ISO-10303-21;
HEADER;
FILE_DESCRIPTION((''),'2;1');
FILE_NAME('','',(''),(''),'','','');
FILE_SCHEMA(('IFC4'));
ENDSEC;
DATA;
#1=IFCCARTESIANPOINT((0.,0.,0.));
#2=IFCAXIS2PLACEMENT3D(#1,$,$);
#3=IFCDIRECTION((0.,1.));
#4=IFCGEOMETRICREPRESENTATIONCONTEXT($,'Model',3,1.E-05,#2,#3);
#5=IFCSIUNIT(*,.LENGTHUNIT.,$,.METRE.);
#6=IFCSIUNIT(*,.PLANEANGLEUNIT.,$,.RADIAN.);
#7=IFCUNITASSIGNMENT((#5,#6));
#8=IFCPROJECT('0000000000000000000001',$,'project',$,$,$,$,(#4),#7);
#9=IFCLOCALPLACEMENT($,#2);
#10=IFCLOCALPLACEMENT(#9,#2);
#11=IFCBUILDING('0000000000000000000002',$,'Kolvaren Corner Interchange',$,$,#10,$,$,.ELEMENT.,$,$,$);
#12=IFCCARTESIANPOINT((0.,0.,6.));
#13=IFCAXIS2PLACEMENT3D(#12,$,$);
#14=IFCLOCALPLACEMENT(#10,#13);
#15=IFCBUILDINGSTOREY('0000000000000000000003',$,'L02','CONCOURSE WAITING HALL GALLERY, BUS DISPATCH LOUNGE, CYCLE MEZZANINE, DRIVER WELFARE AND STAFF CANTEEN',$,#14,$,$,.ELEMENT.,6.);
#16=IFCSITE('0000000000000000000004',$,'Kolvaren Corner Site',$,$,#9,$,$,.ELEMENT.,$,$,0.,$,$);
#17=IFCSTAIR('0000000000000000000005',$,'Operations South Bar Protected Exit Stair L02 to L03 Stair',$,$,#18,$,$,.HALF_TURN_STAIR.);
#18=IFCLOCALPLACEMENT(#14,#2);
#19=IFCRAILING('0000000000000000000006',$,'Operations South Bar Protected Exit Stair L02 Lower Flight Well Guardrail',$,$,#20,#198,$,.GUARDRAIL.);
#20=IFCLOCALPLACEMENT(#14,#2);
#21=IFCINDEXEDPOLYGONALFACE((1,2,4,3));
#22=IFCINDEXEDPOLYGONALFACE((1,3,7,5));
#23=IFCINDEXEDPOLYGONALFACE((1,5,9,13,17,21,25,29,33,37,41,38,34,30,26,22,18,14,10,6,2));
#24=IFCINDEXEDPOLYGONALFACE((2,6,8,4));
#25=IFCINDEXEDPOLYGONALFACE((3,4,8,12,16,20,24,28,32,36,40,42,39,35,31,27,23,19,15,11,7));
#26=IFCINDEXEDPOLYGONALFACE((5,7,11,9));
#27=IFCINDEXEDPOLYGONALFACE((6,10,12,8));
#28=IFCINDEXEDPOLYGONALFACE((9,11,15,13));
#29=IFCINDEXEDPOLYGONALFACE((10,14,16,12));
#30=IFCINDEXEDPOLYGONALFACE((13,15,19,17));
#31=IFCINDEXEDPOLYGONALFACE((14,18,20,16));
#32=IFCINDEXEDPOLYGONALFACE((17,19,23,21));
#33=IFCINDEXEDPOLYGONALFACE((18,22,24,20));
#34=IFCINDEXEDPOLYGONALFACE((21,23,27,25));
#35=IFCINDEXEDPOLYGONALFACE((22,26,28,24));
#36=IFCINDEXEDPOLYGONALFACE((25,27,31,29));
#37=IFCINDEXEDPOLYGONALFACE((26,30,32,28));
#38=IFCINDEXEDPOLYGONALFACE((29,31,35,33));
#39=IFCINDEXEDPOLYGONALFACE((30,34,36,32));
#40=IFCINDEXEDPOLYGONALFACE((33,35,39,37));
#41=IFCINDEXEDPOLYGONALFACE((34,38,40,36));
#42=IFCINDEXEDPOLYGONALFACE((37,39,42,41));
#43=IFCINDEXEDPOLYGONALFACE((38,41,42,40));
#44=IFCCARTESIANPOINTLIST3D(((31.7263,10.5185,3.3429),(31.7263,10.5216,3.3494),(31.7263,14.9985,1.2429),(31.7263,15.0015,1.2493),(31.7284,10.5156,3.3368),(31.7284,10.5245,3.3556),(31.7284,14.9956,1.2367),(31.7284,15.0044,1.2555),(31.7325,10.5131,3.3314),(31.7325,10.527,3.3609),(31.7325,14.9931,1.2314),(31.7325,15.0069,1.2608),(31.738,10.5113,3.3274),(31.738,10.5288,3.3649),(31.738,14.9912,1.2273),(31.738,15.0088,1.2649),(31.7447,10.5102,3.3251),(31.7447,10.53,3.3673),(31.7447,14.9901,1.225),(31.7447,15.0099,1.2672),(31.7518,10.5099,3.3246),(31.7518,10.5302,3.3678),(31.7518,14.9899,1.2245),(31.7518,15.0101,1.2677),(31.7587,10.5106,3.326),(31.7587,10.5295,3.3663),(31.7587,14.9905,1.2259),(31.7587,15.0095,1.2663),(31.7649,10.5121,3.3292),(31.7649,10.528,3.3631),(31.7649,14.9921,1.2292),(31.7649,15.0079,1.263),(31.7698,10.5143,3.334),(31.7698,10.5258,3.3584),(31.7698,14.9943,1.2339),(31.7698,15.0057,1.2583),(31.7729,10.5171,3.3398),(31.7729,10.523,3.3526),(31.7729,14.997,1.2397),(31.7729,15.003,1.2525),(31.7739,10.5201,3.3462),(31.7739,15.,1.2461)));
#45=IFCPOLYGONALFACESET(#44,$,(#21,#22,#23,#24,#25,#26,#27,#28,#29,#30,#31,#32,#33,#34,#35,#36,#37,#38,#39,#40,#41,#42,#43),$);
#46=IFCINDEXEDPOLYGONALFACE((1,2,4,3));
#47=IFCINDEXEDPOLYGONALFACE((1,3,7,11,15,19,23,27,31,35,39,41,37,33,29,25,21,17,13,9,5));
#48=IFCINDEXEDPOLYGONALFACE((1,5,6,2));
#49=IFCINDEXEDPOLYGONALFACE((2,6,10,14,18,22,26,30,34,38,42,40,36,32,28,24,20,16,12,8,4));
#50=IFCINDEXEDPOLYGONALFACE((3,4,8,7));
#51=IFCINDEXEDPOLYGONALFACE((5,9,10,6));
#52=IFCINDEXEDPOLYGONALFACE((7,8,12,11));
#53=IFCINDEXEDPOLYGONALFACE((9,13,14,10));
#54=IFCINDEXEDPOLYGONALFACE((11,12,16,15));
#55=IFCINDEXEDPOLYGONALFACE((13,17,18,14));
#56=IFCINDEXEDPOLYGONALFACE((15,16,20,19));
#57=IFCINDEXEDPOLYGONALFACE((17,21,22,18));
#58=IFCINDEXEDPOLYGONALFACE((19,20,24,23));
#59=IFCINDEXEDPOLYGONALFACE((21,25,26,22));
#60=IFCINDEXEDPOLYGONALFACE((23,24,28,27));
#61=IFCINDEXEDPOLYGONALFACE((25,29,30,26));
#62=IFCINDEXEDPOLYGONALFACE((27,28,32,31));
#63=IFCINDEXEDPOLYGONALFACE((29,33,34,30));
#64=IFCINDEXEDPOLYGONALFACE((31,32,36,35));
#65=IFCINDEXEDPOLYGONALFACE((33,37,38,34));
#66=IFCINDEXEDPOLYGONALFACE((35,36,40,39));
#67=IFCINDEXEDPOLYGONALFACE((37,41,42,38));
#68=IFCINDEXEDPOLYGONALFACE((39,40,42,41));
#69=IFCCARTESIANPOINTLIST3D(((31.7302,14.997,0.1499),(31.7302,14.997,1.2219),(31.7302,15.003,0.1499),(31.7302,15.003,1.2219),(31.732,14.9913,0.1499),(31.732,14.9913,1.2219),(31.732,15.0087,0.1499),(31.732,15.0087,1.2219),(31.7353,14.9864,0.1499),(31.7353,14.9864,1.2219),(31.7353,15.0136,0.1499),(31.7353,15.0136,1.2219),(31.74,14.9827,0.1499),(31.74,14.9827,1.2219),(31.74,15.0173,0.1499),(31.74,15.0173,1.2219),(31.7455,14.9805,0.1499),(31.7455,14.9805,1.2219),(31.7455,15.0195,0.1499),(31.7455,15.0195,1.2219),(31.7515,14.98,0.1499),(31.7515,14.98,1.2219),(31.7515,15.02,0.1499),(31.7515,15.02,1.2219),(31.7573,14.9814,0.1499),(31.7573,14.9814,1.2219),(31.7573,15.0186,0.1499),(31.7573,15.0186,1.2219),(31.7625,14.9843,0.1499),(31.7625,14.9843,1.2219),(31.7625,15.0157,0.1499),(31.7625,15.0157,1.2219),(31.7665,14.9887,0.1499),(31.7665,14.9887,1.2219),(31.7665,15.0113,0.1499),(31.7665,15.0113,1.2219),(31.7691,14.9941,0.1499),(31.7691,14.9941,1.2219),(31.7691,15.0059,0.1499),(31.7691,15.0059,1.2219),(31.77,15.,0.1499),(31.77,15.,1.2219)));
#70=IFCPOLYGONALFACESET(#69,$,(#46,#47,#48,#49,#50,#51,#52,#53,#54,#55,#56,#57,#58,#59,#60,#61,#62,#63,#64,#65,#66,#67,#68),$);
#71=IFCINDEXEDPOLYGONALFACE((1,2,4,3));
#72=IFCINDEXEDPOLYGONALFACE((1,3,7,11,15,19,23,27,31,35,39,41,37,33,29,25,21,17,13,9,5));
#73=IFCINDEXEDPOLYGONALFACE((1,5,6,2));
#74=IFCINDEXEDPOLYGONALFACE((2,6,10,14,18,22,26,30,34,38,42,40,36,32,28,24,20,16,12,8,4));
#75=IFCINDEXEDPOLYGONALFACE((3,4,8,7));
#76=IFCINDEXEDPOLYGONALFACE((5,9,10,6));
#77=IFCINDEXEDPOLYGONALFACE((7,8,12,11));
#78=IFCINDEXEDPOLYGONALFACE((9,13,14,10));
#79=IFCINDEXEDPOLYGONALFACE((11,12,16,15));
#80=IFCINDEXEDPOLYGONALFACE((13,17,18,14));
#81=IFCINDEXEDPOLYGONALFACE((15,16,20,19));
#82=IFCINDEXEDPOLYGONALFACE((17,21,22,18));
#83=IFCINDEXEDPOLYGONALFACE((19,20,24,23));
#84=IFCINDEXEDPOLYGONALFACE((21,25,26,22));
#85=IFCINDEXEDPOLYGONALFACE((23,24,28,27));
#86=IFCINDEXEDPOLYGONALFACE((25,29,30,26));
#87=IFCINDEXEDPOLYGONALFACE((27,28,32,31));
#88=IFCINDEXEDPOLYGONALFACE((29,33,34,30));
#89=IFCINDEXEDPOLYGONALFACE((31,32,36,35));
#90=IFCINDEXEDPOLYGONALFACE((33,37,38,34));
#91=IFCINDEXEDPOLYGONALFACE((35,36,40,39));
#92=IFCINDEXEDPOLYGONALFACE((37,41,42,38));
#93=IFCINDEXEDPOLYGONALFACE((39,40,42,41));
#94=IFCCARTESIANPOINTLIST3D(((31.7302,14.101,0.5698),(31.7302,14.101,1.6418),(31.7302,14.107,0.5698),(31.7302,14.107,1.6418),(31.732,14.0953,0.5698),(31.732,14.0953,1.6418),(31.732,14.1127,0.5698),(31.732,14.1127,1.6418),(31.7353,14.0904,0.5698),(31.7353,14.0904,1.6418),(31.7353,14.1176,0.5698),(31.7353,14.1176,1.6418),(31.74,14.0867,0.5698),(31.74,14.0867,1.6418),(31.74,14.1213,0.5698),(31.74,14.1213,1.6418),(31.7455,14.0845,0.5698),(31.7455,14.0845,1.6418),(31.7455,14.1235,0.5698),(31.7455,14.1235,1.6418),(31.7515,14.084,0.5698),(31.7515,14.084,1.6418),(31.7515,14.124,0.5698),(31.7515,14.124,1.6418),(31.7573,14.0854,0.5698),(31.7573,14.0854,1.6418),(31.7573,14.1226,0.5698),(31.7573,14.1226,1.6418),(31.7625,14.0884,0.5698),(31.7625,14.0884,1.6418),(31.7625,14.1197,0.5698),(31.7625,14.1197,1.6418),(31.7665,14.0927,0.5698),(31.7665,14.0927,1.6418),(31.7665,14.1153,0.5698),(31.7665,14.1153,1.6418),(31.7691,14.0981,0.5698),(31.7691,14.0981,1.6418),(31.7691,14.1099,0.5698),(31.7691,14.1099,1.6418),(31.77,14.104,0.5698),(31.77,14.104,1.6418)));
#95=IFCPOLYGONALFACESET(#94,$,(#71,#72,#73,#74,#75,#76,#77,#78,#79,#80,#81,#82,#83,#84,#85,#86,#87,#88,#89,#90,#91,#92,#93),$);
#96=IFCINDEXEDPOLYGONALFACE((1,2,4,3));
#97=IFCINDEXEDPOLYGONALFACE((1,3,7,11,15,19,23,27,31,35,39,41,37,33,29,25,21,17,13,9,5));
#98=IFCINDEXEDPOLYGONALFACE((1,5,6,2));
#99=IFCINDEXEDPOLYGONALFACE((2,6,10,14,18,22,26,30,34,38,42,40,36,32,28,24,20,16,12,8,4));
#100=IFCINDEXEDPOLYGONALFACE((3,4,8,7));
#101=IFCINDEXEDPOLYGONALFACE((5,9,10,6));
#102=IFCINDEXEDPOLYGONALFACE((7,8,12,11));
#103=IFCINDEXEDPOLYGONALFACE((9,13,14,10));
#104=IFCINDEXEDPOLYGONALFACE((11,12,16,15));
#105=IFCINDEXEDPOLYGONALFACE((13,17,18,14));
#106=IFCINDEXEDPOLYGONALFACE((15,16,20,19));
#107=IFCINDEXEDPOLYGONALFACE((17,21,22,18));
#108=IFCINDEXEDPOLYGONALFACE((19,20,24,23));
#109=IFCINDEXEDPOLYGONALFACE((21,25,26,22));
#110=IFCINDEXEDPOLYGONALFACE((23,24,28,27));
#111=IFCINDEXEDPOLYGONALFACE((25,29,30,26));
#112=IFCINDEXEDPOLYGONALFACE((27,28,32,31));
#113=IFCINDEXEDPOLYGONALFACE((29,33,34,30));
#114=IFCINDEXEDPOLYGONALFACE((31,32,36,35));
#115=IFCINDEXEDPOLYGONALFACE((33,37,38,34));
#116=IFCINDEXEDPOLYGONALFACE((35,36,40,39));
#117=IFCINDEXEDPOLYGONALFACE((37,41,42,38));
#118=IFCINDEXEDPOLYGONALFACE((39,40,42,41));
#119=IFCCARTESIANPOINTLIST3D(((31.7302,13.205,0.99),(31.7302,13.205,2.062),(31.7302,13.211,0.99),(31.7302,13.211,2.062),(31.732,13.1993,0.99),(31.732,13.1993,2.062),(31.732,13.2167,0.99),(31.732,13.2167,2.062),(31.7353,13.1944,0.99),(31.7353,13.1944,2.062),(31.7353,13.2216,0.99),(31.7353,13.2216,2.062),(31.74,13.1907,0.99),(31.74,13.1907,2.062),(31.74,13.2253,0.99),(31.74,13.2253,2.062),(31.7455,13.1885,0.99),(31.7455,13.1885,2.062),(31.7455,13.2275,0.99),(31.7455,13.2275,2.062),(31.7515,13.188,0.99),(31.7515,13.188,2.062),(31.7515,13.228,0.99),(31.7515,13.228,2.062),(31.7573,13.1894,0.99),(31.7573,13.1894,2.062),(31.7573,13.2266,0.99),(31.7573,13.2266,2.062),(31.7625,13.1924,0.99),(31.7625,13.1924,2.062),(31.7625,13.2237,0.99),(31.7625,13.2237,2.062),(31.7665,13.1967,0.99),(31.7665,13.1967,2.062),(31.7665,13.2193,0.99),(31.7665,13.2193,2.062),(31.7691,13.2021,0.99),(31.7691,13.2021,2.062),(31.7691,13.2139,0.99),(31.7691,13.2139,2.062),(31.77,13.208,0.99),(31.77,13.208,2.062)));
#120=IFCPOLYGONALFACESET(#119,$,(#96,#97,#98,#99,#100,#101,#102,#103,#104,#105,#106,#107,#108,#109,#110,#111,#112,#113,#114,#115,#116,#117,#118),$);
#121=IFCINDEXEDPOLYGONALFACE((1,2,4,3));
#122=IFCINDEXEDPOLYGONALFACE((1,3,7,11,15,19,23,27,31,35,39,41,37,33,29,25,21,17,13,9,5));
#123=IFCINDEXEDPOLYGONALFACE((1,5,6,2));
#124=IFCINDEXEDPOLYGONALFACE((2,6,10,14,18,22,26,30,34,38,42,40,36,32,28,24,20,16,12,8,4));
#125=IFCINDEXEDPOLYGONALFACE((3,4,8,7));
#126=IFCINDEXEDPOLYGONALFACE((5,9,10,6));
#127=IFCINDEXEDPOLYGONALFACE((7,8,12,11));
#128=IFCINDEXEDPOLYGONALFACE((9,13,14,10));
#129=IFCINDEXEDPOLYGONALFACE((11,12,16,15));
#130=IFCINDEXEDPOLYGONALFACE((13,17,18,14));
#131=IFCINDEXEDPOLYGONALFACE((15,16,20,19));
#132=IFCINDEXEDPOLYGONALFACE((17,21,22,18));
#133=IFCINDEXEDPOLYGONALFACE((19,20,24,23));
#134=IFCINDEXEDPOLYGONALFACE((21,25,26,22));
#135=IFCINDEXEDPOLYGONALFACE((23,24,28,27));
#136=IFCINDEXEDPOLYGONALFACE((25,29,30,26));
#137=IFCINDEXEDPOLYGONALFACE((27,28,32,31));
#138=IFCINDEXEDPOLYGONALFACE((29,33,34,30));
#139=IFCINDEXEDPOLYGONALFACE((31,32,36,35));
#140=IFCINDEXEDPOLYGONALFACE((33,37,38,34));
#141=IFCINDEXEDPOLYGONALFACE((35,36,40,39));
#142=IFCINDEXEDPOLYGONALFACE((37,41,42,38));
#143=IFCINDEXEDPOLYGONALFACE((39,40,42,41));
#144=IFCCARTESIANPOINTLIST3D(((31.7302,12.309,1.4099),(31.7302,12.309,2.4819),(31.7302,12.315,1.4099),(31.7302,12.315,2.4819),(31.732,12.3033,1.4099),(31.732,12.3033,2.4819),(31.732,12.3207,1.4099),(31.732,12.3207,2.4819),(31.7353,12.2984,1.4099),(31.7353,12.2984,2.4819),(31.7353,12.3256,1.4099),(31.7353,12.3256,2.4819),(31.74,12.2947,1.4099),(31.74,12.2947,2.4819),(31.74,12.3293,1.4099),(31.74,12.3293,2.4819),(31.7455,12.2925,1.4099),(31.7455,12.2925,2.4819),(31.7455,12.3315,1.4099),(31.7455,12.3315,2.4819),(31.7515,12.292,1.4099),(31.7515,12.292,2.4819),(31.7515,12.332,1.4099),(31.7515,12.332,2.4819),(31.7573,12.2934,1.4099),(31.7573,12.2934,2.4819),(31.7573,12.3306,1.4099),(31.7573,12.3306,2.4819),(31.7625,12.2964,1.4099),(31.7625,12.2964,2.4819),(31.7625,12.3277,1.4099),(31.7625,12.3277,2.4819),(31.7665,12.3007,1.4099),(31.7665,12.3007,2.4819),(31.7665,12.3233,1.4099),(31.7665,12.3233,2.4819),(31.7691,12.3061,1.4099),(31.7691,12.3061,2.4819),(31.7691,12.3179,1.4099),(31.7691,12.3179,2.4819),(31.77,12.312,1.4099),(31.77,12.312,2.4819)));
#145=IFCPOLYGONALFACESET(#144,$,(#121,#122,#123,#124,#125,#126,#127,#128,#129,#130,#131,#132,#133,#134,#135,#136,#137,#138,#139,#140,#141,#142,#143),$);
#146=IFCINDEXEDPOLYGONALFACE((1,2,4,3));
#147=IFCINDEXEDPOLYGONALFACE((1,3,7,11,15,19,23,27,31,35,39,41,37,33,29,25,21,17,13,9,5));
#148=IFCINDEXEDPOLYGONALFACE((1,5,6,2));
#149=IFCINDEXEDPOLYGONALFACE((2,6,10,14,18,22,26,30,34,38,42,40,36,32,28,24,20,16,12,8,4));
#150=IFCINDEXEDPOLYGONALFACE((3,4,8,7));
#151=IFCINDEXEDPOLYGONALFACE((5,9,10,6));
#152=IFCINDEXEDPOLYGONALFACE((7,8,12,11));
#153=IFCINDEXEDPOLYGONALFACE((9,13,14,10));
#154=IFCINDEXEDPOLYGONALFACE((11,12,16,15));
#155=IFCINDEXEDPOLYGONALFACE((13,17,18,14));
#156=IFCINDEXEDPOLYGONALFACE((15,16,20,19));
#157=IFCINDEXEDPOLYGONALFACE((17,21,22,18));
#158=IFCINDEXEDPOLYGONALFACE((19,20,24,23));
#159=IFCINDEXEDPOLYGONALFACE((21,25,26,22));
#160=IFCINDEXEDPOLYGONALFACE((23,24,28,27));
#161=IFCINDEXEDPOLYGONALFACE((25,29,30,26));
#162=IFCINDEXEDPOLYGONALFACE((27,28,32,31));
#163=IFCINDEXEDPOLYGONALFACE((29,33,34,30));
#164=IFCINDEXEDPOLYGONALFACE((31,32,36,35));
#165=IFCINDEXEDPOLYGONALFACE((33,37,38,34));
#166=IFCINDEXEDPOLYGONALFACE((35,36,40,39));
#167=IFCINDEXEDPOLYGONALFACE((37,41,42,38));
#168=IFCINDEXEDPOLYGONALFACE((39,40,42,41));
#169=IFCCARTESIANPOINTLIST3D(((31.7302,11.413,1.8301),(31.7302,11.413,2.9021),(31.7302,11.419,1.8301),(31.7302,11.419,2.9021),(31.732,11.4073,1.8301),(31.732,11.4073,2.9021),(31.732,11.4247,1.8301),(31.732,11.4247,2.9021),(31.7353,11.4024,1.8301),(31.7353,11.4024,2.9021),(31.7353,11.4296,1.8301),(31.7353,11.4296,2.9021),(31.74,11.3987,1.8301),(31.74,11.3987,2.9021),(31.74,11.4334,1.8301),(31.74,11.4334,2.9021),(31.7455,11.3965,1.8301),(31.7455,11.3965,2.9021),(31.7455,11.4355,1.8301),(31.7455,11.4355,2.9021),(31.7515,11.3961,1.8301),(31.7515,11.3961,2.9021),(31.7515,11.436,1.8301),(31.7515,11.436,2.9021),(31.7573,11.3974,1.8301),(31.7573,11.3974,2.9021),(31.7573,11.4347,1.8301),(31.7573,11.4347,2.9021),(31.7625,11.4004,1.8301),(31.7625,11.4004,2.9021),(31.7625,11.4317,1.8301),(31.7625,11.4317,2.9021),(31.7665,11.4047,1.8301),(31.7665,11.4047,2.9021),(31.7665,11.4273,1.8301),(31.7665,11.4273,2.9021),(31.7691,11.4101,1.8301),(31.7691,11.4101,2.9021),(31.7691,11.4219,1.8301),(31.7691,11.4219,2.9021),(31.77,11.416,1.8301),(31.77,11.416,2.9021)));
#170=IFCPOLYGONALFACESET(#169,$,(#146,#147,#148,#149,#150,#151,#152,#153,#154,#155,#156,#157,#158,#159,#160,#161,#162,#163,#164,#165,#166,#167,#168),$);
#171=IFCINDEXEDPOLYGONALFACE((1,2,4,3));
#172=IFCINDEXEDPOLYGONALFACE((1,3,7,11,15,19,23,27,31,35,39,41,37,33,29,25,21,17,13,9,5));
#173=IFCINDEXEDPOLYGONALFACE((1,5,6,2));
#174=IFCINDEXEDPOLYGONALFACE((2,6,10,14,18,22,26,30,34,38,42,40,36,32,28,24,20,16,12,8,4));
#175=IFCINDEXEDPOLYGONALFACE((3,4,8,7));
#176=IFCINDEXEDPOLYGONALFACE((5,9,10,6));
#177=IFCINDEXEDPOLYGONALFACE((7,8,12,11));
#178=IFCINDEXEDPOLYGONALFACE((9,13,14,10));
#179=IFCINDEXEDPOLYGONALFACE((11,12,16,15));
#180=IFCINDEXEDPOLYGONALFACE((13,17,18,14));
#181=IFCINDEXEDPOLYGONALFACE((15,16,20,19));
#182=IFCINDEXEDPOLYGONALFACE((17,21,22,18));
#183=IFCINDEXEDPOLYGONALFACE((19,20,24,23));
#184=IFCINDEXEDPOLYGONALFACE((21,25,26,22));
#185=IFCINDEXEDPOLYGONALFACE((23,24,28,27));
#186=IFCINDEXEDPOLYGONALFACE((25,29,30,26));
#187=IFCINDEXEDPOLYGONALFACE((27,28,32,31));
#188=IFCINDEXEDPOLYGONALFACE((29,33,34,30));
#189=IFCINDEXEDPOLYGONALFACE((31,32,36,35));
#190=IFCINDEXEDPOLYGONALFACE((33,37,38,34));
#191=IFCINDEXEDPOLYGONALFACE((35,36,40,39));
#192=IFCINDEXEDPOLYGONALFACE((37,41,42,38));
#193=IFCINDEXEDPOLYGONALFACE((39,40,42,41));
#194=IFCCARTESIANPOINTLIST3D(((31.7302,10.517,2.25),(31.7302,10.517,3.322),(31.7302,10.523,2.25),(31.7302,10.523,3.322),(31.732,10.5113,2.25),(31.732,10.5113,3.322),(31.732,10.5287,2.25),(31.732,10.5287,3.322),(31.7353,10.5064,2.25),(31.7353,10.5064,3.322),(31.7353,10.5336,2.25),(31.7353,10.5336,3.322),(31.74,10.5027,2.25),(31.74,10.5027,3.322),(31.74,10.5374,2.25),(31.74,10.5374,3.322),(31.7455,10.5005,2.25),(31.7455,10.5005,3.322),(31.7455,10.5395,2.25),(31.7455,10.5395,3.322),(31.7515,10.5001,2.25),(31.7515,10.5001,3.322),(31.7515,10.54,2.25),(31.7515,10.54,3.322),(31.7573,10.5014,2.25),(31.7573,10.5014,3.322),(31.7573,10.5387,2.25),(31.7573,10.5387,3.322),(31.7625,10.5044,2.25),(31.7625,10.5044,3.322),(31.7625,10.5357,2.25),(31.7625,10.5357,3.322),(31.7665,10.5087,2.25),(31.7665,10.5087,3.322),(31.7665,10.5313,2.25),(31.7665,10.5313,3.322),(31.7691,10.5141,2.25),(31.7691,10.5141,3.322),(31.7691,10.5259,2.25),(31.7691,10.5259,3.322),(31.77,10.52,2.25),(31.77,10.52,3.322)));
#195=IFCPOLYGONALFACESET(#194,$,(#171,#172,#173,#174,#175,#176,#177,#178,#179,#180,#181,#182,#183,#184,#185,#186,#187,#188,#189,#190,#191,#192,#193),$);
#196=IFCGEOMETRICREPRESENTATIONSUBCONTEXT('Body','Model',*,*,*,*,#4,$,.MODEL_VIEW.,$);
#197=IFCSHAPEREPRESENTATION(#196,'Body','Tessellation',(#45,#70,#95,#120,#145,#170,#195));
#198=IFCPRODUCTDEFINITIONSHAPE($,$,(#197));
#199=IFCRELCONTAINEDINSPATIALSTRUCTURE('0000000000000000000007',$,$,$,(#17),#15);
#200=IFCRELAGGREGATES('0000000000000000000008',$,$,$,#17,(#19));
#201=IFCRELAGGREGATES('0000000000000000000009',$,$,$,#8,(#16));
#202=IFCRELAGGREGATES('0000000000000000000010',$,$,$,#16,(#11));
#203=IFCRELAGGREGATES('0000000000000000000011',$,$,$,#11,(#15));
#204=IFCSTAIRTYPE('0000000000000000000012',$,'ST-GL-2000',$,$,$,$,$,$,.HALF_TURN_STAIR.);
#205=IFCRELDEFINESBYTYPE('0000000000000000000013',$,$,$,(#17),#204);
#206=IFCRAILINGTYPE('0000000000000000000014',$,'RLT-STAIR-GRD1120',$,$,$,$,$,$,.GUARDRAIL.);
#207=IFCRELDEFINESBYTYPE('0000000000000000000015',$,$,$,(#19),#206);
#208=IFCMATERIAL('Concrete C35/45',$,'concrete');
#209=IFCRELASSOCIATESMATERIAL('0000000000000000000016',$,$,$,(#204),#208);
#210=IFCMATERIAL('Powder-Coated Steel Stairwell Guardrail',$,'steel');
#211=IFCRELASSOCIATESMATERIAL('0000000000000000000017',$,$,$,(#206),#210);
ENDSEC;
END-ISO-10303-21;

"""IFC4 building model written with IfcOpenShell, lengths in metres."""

from ifc_helpers import new_model, si_unit, direction, frame, origin, origin_2d, place, context, subcontext, project, spatial, circle, extrude, material, type_object, element, aggregate, save


model = new_model("IFC4")

# Units and contexts
model_context = context("Model", 3, precision=1e-05, world=origin(), true_north=direction((0.0, 1.0)))
body_context = subcontext(model_context, "Body", "Model", "MODEL_VIEW")
ifc_project = project(units=[si_unit("LENGTHUNIT", "METRE"), si_unit("PLANEANGLEUNIT", "RADIAN")], contexts=[model_context])

# Site, building, storey
site_placement = place(None, origin())
site = spatial("IfcSite", under=ifc_project, at=site_placement, Name="Kolvaren Corner Site", CompositionType="ELEMENT", RefElevation=0.0)
building_placement = place(site_placement, origin())
building = spatial("IfcBuilding", under=site, at=building_placement, Name="Kolvaren Corner Interchange", CompositionType="ELEMENT")
storey_placement = place(building_placement, frame((0.0, 0.0, 6.0)))
storey = spatial("IfcBuildingStorey", under=building, at=storey_placement, Name="L02", Description="CONCOURSE WAITING HALL GALLERY, BUS DISPATCH LOUNGE, CYCLE MEZZANINE, DRIVER WELFARE AND STAFF CANTEEN", CompositionType="ELEMENT", Elevation=6.0)

# Stair
ifc_material_1 = material(Name="Concrete C35/45", Category="concrete")
stair_type = type_object("IfcStairType", Name="ST-GL-2000", PredefinedType="HALF_TURN_STAIR", material=ifc_material_1)
stair_placement = place(storey_placement, origin())
stair = element("IfcStair", 1, at=stair_placement, inside=storey, type_object=stair_type, Name="Operations South Bar Protected Exit Stair L02 to L03 Stair", PredefinedType="HALF_TURN_STAIR")

# Railing
ifc_material_2 = material(Name="Powder-Coated Steel Stairwell Guardrail", Category="steel")
railing_type_1 = type_object("IfcRailingType", Name="RLT-STAIR-GRD1120", PredefinedType="GUARDRAIL", material=ifc_material_2)
railing_1_placement = place(storey_placement, frame((31.75, 15.0, 0.1499)))
railing_1 = element("IfcRailing", 2, at=railing_1_placement, type_object=railing_type_1, Name="Operations South Bar Protected Exit Stair L02 Lower Flight Well Guardrail", PredefinedType="GUARDRAIL", context=body_context, shape_type="SweptSolid", body=[
    extrude(circle(Radius=0.0239, at=origin_2d()), frame((0.0, 0.0, 1.0962), z_axis=(0.0, -0.905451, 0.424452), x_axis=(1.0, 0.0, 0.0)), (0.0, 0.0, 1.0), 4.9478),
    extrude(circle(Radius=0.02, at=origin_2d()), origin(), (0.0, 0.0, 1.0), 1.072),
    extrude(circle(Radius=0.02, at=origin_2d()), frame((0.0, -0.896, 0.4199)), (0.0, 0.0, 1.0), 1.072),
    extrude(circle(Radius=0.02, at=origin_2d()), frame((0.0, -1.792, 0.8401)), (0.0, 0.0, 1.0), 1.072),
    extrude(circle(Radius=0.02, at=origin_2d()), frame((0.0, -2.688, 1.26)), (0.0, 0.0, 1.0), 1.072),
    extrude(circle(Radius=0.02, at=origin_2d()), frame((0.0, -3.584, 1.6802)), (0.0, 0.0, 1.0), 1.072),
    extrude(circle(Radius=0.02, at=origin_2d()), frame((0.0, -4.48, 2.1001)), (0.0, 0.0, 1.0), 1.072),
])
aggregate(stair, [railing_1])

save(model, "model.ifc")
